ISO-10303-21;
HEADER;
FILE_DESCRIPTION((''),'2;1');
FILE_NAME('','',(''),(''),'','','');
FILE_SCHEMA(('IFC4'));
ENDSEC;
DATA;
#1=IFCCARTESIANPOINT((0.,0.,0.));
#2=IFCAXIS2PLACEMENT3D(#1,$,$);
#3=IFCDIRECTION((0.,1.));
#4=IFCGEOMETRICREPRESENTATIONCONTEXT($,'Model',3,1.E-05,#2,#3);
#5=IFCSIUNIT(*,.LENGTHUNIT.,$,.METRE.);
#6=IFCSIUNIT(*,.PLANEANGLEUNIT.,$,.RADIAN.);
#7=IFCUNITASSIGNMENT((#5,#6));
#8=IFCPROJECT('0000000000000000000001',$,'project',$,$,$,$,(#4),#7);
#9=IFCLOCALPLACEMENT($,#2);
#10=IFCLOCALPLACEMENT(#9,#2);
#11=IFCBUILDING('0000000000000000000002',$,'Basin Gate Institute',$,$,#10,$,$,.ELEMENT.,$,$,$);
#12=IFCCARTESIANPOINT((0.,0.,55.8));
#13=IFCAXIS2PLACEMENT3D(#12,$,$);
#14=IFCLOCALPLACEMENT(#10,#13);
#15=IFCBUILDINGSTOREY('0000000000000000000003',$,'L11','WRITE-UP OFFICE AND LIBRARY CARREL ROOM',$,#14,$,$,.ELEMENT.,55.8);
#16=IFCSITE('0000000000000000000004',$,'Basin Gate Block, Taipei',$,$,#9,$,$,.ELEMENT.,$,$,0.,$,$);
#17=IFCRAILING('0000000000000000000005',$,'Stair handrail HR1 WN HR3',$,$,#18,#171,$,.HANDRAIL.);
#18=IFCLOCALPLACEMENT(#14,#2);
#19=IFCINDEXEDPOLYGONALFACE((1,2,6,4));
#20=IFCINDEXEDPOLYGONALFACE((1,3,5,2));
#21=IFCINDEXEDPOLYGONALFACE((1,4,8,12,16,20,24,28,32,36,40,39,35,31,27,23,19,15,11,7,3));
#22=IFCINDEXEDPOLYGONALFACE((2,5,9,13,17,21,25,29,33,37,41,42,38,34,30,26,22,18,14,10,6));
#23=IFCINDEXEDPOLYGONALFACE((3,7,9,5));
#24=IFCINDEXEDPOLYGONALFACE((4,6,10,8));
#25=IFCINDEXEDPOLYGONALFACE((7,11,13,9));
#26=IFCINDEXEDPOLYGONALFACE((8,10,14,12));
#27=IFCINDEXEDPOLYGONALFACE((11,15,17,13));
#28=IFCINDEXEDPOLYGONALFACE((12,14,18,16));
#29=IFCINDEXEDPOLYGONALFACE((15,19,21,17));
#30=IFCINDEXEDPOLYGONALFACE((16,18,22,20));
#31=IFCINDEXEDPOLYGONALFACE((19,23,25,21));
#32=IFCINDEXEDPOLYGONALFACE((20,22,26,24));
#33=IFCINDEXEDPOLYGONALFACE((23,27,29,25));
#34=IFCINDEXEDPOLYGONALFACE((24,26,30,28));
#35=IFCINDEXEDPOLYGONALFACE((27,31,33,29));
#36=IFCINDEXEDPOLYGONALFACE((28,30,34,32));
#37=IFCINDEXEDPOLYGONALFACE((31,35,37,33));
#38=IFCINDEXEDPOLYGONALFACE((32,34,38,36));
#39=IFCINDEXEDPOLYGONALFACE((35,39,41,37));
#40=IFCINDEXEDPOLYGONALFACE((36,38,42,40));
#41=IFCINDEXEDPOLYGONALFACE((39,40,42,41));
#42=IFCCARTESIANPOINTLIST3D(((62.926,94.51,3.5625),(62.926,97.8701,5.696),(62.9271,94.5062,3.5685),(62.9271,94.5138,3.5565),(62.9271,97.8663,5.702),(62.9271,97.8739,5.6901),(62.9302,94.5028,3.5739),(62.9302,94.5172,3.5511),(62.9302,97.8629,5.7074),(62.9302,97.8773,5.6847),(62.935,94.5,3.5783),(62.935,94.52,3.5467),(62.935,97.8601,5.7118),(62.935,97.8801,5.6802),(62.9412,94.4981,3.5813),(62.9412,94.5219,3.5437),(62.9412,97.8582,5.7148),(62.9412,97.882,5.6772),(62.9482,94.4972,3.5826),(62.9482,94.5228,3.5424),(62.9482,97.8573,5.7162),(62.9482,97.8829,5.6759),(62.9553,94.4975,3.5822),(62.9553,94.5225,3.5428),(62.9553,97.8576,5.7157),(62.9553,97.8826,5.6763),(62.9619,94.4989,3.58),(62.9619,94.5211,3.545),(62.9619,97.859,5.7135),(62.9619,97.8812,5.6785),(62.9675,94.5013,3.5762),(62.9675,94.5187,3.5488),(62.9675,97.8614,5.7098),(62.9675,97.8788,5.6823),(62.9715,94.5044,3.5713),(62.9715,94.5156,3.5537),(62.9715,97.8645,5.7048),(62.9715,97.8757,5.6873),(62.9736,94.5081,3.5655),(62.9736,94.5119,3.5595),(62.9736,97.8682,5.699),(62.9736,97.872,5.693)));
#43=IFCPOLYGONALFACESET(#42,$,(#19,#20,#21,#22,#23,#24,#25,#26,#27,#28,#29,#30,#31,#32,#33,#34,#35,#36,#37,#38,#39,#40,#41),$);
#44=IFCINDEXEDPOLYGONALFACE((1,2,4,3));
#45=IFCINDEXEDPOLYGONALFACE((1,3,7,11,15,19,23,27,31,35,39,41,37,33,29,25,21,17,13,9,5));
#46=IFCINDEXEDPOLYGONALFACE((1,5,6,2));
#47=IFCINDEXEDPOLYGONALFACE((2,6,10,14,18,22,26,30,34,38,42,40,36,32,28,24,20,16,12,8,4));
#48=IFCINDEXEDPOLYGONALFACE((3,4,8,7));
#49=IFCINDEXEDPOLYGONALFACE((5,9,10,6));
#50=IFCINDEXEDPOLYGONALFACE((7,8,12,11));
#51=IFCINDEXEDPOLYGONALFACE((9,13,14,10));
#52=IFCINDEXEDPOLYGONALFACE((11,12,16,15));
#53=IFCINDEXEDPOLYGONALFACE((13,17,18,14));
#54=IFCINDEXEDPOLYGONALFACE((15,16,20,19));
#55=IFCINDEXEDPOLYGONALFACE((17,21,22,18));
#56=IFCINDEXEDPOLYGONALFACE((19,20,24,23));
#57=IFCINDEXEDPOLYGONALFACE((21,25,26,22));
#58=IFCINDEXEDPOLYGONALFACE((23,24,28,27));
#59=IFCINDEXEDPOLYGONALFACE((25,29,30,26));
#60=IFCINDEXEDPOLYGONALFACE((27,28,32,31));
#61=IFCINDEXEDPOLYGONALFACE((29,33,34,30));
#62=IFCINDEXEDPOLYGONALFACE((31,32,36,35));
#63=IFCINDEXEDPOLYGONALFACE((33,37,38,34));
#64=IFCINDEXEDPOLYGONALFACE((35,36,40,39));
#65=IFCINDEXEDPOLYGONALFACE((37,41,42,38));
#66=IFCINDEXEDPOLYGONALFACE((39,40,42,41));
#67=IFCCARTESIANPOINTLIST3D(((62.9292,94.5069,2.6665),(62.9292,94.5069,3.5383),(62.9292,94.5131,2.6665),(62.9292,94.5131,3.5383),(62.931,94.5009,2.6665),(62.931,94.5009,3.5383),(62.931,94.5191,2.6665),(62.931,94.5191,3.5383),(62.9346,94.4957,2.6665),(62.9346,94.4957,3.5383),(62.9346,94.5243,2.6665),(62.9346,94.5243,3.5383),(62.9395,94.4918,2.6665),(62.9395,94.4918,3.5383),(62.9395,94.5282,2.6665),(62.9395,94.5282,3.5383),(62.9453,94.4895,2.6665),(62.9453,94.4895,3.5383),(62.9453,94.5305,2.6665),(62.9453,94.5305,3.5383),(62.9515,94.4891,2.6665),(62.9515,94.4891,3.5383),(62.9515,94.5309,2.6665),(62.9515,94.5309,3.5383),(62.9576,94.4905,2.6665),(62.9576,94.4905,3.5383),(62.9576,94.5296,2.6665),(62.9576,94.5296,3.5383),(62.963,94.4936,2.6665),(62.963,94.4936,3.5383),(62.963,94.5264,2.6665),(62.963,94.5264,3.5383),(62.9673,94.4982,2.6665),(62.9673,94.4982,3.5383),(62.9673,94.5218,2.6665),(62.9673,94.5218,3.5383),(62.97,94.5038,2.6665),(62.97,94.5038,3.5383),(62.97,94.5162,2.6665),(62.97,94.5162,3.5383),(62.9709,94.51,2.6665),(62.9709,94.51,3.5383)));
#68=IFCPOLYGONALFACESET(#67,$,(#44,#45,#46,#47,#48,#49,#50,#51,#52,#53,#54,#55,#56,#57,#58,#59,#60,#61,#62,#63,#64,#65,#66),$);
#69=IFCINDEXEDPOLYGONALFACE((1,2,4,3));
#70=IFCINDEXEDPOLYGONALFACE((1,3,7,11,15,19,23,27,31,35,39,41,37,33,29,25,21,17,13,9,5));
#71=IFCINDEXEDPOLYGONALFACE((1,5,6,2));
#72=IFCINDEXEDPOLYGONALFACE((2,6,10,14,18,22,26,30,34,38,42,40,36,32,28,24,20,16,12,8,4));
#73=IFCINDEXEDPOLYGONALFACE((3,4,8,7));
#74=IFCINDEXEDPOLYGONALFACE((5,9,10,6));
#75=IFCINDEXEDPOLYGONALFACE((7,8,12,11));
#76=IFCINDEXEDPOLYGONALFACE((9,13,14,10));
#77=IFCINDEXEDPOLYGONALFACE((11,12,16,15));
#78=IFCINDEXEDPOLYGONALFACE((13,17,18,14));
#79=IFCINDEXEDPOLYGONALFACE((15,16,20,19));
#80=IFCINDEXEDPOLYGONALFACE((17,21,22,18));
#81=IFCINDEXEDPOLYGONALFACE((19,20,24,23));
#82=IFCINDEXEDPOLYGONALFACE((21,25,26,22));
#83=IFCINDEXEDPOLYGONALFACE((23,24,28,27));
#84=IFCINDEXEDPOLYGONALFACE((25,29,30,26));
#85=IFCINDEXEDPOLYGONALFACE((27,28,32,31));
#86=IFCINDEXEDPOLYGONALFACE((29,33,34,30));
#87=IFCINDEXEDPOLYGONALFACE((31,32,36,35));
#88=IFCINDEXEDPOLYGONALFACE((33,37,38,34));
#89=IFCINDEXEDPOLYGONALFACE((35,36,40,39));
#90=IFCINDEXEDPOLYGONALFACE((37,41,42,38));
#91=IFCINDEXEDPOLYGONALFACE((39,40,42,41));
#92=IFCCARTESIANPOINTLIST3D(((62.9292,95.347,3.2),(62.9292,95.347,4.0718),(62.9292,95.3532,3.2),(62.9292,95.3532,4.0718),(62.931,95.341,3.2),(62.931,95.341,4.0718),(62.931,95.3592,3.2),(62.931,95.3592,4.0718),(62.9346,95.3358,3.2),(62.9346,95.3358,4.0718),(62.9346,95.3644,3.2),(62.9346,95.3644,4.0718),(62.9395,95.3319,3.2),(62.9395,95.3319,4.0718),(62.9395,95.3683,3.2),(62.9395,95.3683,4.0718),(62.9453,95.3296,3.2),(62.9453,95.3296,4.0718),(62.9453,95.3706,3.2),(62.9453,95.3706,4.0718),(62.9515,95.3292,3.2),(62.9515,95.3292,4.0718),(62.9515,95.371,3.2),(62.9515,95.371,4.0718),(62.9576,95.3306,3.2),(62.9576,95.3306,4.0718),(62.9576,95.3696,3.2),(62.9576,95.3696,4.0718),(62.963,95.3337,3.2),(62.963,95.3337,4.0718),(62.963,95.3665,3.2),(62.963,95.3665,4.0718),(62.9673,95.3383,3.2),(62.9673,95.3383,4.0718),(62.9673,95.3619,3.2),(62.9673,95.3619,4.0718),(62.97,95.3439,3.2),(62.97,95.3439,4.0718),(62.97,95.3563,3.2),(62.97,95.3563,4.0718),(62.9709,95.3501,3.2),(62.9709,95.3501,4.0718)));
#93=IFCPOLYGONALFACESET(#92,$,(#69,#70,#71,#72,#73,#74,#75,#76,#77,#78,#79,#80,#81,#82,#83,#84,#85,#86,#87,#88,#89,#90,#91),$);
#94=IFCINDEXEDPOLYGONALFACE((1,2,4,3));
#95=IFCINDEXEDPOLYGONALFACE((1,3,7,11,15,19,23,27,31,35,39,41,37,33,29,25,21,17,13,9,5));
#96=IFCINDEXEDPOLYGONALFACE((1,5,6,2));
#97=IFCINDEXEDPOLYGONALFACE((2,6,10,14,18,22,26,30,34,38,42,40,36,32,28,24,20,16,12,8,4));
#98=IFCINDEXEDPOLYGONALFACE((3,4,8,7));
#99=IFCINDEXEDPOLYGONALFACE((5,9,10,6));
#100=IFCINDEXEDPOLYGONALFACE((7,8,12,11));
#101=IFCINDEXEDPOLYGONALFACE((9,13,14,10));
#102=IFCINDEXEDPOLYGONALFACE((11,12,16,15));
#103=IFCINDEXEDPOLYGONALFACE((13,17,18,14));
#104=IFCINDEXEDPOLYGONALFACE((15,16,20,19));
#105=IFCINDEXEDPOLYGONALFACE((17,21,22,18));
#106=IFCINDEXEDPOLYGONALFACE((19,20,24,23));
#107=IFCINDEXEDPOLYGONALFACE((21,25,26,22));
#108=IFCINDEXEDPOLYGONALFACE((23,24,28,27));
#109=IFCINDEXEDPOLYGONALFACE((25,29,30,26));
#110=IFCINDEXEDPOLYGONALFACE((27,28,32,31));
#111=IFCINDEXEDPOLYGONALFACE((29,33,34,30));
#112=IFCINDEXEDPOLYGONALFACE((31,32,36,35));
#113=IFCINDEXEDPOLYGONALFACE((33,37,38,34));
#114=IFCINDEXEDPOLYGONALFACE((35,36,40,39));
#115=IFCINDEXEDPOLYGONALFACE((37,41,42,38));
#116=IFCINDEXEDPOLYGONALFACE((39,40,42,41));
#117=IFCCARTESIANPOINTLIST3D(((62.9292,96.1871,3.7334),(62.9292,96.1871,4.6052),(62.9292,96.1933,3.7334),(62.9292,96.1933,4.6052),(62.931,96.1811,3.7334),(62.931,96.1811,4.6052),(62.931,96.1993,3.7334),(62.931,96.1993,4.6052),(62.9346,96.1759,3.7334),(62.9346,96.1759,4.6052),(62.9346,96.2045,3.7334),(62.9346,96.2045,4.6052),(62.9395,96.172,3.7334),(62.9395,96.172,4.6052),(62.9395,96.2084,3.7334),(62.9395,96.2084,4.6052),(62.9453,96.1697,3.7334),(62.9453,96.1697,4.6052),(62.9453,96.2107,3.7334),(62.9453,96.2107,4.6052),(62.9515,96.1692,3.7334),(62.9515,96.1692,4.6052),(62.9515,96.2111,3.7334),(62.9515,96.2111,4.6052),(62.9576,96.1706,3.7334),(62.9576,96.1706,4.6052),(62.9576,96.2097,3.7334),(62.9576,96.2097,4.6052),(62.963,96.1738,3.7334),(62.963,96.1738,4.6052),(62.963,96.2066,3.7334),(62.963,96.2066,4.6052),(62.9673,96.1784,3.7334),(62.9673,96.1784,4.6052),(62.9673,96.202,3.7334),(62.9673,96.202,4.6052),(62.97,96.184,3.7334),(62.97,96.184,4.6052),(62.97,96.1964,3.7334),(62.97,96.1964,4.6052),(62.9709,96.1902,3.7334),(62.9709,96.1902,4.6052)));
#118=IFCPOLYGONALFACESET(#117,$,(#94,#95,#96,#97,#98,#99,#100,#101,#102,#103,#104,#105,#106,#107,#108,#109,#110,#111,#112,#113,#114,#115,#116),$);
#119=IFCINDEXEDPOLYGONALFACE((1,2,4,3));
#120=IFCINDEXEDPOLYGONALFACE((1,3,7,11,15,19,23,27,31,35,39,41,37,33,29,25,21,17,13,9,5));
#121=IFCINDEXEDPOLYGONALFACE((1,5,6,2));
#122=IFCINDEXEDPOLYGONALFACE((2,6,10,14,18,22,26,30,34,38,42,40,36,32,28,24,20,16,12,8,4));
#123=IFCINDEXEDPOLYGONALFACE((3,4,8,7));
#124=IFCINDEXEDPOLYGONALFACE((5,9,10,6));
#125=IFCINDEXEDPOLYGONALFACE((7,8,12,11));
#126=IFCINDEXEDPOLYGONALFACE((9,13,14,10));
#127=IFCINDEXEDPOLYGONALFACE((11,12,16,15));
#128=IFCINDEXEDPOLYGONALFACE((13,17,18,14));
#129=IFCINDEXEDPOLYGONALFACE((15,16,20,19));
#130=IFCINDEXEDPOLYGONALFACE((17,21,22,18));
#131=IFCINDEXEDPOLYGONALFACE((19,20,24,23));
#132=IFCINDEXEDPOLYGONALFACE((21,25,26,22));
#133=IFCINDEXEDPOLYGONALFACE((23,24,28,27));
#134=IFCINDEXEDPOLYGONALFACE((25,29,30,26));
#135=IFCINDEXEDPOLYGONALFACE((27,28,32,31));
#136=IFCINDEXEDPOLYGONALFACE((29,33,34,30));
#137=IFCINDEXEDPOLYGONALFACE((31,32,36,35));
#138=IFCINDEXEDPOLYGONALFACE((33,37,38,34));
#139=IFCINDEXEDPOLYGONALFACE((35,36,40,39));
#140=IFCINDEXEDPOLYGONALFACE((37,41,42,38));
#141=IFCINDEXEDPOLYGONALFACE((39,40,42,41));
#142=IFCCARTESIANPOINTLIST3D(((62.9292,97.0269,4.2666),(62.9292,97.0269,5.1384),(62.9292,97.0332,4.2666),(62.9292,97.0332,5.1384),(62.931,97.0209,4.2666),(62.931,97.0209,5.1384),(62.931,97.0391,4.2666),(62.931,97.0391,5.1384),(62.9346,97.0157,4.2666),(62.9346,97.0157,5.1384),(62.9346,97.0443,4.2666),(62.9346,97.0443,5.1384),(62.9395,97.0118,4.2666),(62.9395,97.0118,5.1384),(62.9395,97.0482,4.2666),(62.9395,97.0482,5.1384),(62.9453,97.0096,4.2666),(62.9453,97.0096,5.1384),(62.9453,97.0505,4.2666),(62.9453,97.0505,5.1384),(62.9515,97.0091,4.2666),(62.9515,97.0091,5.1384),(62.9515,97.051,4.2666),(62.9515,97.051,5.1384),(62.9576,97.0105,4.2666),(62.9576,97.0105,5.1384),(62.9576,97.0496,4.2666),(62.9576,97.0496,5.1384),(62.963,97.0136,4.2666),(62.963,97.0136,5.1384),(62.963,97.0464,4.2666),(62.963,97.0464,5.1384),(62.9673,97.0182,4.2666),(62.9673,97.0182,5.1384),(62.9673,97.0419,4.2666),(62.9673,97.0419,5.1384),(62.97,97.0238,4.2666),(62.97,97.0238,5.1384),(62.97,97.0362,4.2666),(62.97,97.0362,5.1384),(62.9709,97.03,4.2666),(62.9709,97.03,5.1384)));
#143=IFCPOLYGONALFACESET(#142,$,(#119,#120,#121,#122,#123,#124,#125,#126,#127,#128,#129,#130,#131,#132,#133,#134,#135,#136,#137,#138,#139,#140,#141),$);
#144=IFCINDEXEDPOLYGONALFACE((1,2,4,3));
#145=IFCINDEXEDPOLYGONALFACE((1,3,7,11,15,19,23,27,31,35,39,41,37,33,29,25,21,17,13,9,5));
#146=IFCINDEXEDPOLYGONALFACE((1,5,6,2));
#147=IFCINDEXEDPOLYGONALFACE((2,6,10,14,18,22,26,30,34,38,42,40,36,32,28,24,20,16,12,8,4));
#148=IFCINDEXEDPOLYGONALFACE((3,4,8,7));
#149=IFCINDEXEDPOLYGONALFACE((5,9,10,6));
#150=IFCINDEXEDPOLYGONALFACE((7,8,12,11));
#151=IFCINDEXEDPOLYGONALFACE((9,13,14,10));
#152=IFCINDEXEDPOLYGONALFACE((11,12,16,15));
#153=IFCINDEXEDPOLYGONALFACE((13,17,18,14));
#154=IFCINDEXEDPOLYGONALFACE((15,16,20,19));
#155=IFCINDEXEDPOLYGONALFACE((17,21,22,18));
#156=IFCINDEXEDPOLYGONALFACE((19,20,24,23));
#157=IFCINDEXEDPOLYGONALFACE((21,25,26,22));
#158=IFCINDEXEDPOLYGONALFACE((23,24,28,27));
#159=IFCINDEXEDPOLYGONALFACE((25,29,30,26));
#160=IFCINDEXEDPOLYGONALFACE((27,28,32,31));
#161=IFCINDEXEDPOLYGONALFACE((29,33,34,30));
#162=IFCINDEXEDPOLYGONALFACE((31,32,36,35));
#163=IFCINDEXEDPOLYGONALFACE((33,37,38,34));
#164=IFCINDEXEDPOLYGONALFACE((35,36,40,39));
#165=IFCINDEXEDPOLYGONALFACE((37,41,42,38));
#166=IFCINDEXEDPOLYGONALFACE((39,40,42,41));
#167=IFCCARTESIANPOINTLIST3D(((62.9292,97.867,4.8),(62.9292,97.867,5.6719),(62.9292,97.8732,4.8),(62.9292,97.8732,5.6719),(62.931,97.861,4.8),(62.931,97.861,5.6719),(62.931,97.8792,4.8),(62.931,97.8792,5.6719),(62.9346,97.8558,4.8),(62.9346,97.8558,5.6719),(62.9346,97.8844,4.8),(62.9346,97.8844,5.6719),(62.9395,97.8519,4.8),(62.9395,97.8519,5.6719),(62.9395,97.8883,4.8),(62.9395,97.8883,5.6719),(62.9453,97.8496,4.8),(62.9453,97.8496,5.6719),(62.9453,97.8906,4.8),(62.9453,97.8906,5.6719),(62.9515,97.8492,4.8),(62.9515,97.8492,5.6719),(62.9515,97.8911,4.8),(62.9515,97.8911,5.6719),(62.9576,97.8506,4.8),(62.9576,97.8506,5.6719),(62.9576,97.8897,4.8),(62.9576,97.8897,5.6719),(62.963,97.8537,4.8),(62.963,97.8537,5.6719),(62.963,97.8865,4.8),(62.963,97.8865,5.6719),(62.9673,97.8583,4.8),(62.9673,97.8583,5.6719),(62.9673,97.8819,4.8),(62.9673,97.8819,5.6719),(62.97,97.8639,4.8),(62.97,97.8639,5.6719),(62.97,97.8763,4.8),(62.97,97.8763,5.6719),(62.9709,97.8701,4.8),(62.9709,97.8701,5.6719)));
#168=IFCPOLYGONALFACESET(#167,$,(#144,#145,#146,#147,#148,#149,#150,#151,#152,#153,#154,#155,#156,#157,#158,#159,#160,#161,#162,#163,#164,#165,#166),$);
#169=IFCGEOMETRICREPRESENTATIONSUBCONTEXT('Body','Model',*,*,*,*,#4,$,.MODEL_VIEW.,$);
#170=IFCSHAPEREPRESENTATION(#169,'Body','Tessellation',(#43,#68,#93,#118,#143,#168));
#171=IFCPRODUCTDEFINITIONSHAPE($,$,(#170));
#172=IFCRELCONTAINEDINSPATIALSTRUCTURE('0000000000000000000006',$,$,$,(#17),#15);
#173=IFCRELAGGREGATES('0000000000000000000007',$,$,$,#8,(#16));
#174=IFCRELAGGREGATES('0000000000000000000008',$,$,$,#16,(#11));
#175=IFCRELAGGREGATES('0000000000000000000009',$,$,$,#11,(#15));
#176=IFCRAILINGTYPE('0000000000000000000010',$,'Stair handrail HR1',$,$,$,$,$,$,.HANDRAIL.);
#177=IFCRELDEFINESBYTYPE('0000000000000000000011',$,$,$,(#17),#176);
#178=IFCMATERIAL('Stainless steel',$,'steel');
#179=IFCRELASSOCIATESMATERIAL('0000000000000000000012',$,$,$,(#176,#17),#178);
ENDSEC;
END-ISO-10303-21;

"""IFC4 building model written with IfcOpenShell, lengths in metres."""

from ifc_helpers import new_model, si_unit, direction, frame, origin, origin_2d, place, context, subcontext, project, spatial, circle, extrude, material, type_object, element, save


model = new_model("IFC4")

# Units and contexts
model_context = context("Model", 3, precision=1e-05, world=origin(), true_north=direction((0.0, 1.0)))
body_context = subcontext(model_context, "Body", "Model", "MODEL_VIEW")
ifc_project = project(units=[si_unit("LENGTHUNIT", "METRE"), si_unit("PLANEANGLEUNIT", "RADIAN")], contexts=[model_context])

# Site, building, storey
site_placement = place(None, origin())
site = spatial("IfcSite", under=ifc_project, at=site_placement, Name="Basin Gate Block, Taipei", CompositionType="ELEMENT", RefElevation=0.0)
building_placement = place(site_placement, origin())
building = spatial("IfcBuilding", under=site, at=building_placement, Name="Basin Gate Institute", CompositionType="ELEMENT")
storey_placement = place(building_placement, frame((0.0, 0.0, 55.8)))
storey = spatial("IfcBuildingStorey", under=building, at=storey_placement, Name="L11", Description="WRITE-UP OFFICE AND LIBRARY CARREL ROOM", CompositionType="ELEMENT", Elevation=55.8)

# Railing
ifc_material_1 = material(Name="Stainless steel", Category="steel")
railing_type_1 = type_object("IfcRailingType", Name="Stair handrail HR1", PredefinedType="HANDRAIL", material=ifc_material_1)
railing_1_placement = place(storey_placement, frame((62.95, 94.51, 2.6665)))
element("IfcRailing", 1, at=railing_1_placement, inside=storey, type_object=railing_type_1, material=ifc_material_1, Name="Stair handrail HR1 WN HR3", PredefinedType="HANDRAIL", context=body_context, shape_type="SweptSolid", body=[
    extrude(circle(Radius=0.0239, at=origin_2d()), frame((0.0, 0.0, 0.896), z_axis=(0.0, 0.844197, 0.536034), x_axis=(-1.0, 0.0, 0.0)), (0.0, 0.0, 1.0), 3.9802),
    extrude(circle(Radius=0.021, at=origin_2d()), origin(), (0.0, 0.0, 1.0), 0.8718),
    extrude(circle(Radius=0.021, at=origin_2d()), frame((0.0, 0.8401, 0.5334)), (0.0, 0.0, 1.0), 0.8718),
    extrude(circle(Radius=0.021, at=origin_2d()), frame((0.0, 1.6802, 1.0669)), (0.0, 0.0, 1.0), 0.8718),
    extrude(circle(Radius=0.021, at=origin_2d()), frame((0.0, 2.52, 1.6001)), (0.0, 0.0, 1.0), 0.8718),
    extrude(circle(Radius=0.021, at=origin_2d()), frame((0.0, 3.3601, 2.1335)), (0.0, 0.0, 1.0), 0.8718),
])

save(model, "model.ifc")
